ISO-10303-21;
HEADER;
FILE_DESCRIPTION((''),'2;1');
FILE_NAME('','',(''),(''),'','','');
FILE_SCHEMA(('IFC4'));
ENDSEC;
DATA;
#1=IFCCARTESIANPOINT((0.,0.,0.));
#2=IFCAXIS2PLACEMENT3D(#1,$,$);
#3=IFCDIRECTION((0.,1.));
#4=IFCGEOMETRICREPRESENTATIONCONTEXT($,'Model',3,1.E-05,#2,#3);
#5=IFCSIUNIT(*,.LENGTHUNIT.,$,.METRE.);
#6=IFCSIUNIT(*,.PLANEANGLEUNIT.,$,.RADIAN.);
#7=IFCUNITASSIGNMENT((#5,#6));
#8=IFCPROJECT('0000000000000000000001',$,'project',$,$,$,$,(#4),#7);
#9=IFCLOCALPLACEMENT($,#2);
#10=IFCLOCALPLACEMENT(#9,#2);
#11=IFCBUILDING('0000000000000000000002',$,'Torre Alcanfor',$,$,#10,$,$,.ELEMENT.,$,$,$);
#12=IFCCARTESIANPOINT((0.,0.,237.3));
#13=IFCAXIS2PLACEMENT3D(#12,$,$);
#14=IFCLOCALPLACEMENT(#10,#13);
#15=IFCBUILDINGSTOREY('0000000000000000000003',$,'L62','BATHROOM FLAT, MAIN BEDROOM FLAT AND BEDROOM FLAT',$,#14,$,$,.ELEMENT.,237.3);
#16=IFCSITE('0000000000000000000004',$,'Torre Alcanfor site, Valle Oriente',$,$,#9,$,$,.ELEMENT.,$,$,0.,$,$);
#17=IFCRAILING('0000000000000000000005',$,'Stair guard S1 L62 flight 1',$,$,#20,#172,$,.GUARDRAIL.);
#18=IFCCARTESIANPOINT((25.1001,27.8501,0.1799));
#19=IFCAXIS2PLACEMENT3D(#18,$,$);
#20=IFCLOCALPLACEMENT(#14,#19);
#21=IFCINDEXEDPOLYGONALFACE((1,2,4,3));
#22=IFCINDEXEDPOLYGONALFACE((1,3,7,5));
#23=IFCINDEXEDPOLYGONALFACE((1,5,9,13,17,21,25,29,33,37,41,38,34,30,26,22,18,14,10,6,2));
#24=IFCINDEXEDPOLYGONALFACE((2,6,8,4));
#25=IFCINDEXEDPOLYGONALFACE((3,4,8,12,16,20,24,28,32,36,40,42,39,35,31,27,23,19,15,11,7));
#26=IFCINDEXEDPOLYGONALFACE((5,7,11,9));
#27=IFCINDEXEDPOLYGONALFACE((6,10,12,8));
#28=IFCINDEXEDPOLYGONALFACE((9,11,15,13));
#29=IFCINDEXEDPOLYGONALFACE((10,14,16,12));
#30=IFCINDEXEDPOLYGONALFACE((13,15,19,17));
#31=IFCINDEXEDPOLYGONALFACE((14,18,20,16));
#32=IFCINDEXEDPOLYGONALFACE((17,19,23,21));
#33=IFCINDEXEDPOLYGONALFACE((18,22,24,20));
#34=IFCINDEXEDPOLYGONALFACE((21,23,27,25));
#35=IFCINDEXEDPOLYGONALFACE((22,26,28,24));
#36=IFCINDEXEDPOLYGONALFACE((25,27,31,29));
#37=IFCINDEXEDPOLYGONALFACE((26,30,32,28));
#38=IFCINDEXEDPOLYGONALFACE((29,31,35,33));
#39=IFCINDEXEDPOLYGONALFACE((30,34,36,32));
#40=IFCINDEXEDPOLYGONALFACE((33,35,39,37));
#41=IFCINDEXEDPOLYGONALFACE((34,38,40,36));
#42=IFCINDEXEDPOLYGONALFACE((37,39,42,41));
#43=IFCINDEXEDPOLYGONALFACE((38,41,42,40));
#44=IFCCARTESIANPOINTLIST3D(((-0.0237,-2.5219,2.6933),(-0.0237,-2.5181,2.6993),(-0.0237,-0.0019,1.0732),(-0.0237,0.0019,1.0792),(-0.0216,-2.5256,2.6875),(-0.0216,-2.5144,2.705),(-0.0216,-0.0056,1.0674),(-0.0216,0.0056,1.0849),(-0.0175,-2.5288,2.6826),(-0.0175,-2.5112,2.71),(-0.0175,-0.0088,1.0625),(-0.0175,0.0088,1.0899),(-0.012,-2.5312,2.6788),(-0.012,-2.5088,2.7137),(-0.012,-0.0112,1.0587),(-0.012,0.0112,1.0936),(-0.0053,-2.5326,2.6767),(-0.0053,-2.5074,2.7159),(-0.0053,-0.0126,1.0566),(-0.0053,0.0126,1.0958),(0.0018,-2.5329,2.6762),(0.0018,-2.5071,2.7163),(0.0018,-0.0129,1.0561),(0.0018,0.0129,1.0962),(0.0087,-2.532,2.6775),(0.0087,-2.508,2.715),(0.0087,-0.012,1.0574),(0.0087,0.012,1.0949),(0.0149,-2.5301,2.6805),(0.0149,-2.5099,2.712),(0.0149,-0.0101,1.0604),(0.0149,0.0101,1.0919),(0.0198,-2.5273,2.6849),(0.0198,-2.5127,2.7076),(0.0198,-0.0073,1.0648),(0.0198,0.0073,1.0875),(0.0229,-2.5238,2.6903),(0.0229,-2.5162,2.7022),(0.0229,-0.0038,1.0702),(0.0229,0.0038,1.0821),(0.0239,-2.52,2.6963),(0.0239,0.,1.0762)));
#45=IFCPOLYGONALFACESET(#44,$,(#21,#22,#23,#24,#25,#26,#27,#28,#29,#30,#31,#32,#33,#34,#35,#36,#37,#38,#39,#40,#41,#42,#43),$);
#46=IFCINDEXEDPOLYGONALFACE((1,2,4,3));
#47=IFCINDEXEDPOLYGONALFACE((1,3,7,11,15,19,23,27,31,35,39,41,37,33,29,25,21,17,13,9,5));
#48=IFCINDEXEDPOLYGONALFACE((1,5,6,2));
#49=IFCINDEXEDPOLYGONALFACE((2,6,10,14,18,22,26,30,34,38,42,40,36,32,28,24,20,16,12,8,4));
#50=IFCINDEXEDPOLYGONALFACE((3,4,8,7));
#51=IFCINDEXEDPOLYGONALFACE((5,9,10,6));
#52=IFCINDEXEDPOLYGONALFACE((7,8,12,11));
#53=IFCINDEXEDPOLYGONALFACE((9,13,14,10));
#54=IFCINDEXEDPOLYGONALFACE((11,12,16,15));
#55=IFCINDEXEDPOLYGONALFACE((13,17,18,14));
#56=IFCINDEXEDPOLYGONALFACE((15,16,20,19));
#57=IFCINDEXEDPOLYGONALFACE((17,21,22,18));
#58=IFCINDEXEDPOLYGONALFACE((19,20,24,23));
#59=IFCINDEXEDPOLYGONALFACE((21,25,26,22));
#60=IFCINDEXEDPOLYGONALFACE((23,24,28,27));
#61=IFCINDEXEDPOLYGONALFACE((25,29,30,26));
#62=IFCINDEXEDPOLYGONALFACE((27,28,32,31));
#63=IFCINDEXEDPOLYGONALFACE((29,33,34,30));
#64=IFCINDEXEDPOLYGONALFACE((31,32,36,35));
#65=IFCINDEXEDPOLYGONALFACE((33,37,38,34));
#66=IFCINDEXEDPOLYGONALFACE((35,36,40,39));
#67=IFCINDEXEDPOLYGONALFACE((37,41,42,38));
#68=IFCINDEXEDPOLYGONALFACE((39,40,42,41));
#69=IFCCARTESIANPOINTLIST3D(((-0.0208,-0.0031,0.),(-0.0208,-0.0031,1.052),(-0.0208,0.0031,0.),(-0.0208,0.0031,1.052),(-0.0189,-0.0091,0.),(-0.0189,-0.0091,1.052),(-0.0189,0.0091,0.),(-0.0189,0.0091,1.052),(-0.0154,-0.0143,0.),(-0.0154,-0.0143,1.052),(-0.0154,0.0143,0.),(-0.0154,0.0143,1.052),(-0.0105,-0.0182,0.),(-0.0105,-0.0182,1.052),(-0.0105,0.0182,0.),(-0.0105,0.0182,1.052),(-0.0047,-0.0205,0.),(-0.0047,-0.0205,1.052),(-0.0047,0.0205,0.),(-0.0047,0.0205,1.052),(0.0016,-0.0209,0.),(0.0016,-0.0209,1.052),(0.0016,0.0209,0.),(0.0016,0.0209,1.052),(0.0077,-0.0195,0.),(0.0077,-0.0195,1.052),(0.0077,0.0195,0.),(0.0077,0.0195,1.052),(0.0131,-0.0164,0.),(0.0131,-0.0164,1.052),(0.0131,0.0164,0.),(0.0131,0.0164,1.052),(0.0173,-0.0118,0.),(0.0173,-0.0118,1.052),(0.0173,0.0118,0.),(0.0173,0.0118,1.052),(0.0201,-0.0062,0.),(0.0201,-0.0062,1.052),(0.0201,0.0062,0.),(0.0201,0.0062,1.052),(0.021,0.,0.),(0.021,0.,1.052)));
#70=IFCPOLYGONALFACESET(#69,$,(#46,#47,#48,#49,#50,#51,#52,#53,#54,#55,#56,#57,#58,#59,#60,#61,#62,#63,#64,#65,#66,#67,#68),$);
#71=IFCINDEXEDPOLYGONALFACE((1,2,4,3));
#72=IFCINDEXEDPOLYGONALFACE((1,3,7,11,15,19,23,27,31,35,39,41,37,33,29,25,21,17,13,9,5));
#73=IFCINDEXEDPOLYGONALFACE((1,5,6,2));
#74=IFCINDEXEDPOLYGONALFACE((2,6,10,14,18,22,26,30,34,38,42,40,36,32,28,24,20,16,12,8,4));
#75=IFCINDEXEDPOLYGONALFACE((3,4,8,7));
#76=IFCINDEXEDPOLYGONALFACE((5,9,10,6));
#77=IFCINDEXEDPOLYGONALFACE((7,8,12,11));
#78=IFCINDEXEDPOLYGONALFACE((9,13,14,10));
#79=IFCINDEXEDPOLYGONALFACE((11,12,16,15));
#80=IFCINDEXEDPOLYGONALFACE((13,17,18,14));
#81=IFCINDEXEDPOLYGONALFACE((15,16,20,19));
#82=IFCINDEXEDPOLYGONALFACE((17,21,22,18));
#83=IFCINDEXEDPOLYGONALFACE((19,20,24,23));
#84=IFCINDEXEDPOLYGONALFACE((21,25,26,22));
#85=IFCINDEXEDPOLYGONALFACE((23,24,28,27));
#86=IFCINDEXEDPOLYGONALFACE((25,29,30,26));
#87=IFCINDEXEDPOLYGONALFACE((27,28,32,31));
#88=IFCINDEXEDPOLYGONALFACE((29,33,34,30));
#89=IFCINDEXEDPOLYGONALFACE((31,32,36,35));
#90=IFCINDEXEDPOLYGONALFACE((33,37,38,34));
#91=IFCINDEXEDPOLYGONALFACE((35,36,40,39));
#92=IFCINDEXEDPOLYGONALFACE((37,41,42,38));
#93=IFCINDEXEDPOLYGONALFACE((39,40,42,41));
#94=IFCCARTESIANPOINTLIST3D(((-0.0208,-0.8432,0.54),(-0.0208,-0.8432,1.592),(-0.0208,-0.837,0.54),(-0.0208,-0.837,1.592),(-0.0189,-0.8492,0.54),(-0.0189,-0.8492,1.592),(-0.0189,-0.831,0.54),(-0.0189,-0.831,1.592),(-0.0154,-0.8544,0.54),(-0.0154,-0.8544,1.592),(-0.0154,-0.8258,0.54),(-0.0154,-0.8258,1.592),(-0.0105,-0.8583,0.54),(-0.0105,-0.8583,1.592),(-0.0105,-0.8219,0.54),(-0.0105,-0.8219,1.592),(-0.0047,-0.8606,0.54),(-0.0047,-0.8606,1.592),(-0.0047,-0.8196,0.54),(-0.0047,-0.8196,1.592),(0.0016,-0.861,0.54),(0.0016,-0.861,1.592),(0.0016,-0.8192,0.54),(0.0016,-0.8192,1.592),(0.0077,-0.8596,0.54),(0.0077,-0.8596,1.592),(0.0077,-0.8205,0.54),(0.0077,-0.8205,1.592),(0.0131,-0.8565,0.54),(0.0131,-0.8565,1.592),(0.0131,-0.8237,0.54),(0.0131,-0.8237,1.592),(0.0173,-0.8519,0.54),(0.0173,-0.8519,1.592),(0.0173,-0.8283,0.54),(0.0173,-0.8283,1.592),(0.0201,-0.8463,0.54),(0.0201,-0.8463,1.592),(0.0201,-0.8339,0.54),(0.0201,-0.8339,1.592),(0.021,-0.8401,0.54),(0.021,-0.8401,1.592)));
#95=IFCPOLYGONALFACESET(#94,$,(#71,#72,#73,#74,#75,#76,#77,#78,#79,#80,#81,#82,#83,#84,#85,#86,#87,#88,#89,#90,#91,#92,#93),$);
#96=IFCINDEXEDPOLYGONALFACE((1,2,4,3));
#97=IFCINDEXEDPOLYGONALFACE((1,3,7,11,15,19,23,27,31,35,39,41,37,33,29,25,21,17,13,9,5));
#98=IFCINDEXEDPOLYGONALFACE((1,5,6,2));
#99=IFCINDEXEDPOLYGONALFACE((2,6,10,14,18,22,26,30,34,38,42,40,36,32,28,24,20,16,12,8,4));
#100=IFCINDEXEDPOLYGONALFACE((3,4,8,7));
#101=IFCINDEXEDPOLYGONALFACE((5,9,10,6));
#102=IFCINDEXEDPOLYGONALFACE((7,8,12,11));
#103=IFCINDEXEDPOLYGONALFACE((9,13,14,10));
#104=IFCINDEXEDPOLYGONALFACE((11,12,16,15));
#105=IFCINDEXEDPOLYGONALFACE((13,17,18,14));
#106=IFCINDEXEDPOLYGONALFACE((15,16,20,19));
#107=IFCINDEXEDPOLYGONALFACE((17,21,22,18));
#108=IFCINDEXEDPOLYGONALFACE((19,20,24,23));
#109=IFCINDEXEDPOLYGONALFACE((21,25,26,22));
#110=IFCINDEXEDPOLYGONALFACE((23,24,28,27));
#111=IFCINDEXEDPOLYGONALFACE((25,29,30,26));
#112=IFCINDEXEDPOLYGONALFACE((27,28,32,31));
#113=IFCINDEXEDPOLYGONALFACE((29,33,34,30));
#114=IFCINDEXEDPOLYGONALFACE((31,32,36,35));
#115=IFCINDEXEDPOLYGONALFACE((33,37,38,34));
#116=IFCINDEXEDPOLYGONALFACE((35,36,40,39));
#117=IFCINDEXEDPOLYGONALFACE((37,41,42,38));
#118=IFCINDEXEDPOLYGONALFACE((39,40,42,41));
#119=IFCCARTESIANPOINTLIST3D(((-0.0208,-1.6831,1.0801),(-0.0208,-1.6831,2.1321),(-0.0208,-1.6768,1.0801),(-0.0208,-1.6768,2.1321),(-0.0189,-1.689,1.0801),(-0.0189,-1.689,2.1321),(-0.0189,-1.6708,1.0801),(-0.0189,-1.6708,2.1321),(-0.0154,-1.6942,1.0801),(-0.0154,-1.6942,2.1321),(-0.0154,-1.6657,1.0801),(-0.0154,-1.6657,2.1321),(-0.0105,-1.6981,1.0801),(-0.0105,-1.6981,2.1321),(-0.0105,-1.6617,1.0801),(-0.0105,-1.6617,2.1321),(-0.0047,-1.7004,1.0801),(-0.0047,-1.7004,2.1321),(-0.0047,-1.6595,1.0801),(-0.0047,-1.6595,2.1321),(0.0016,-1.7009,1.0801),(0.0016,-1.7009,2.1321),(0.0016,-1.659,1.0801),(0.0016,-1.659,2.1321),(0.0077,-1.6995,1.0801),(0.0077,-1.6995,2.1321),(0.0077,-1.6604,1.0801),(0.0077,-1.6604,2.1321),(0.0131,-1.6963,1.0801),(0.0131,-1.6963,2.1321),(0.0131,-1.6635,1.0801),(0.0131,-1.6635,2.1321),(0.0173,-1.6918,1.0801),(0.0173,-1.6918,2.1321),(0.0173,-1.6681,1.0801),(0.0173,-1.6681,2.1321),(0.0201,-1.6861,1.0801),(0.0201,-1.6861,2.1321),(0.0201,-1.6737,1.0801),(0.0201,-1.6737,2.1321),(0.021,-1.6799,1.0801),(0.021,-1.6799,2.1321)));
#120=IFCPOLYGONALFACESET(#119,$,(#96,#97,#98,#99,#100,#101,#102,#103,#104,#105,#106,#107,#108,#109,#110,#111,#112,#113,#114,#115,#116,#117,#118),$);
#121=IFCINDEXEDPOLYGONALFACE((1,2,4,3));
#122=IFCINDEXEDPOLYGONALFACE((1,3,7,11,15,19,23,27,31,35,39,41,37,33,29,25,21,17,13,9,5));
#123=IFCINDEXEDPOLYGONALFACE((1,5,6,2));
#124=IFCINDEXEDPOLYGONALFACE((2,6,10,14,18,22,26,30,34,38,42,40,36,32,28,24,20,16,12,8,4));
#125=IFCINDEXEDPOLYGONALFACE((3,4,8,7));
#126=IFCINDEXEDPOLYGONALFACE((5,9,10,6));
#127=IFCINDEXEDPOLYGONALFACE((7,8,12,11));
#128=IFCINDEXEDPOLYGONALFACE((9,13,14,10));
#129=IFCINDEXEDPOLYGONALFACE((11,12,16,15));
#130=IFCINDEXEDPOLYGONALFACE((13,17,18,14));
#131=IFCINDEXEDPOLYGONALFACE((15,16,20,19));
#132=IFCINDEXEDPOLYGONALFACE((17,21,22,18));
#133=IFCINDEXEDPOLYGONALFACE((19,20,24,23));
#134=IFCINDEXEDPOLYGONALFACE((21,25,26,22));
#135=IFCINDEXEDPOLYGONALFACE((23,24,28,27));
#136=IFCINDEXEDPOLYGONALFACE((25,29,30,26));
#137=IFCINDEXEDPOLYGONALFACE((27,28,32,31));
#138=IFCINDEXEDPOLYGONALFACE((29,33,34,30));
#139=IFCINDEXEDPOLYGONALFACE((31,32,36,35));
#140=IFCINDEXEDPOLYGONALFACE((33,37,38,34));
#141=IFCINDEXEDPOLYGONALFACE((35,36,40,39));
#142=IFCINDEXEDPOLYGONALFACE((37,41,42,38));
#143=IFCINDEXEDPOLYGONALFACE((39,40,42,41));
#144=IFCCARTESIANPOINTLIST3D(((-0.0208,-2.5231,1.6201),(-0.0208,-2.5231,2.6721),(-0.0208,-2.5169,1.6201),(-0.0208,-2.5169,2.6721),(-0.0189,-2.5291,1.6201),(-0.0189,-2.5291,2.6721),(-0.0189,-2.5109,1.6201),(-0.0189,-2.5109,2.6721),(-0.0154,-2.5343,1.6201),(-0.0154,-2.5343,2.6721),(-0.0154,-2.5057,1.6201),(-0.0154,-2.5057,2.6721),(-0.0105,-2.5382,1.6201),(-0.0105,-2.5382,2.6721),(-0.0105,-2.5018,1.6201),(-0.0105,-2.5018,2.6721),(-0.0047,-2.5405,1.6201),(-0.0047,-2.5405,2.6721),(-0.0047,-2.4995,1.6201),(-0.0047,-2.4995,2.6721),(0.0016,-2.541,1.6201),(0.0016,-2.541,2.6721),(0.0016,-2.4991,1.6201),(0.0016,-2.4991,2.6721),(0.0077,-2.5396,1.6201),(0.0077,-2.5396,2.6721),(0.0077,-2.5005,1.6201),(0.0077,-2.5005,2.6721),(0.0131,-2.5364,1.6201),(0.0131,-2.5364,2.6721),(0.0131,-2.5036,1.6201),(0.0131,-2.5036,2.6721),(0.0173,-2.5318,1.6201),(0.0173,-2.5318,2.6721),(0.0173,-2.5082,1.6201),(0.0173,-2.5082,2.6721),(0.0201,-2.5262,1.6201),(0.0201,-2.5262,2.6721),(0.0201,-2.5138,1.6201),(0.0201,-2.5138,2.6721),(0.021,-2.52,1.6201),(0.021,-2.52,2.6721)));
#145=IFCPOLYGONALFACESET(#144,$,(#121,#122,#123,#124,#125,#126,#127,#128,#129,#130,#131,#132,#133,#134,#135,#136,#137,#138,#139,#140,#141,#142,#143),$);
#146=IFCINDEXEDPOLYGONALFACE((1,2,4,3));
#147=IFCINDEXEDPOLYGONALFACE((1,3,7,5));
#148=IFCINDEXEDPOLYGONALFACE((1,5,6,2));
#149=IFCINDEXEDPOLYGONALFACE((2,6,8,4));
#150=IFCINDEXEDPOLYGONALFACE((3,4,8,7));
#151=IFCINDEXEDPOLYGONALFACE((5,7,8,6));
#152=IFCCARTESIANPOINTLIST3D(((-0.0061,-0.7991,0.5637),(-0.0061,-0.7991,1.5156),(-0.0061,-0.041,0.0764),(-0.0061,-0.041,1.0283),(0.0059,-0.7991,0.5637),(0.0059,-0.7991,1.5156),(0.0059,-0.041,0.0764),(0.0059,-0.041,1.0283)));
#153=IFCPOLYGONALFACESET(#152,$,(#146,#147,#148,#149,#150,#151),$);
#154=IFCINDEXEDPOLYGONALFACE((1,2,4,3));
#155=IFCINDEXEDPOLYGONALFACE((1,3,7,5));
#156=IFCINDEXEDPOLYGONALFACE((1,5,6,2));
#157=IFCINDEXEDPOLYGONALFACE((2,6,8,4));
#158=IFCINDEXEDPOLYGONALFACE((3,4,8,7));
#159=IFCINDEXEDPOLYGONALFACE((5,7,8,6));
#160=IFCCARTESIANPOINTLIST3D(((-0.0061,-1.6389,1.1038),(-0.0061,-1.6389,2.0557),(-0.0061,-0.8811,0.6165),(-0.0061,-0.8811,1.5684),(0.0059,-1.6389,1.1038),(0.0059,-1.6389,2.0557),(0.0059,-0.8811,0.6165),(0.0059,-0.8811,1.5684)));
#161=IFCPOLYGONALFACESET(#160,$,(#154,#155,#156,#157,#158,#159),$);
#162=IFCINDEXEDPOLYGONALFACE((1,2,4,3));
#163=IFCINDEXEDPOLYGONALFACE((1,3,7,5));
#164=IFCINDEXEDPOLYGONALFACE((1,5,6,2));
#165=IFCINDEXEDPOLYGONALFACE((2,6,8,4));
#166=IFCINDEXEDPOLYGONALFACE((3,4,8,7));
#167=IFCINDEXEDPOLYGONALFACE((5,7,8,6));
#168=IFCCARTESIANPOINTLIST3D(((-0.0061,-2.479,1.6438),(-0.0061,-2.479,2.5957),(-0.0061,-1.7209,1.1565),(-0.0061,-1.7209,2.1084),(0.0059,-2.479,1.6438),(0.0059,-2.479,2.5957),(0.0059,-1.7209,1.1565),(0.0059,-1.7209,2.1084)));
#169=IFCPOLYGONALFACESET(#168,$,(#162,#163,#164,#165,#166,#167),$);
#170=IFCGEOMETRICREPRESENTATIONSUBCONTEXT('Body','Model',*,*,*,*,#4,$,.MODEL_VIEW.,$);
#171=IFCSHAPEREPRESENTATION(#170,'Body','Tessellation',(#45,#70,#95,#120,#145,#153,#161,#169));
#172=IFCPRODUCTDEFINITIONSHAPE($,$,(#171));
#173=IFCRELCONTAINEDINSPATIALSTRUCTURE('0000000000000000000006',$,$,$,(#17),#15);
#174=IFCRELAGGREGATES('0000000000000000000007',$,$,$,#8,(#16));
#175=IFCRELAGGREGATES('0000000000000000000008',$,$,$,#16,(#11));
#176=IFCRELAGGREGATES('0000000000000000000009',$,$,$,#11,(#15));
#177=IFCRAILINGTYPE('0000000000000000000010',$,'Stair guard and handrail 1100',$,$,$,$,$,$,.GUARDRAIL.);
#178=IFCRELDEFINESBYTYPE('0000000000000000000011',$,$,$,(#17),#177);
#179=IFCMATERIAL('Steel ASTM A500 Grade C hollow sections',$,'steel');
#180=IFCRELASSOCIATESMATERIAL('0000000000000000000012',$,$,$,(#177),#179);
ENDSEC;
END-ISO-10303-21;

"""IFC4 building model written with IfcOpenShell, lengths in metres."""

from ifc_helpers import new_model, si_unit, direction, frame, origin, origin_2d, place, context, subcontext, project, spatial, polyline, circle, outline, extrude, material, type_object, element, save


model = new_model("IFC4")

# Units and contexts
model_context = context("Model", 3, precision=1e-05, world=origin(), true_north=direction((0.0, 1.0)))
body_context = subcontext(model_context, "Body", "Model", "MODEL_VIEW")
ifc_project = project(units=[si_unit("LENGTHUNIT", "METRE"), si_unit("PLANEANGLEUNIT", "RADIAN")], contexts=[model_context])

# Site, building, storey
site_placement = place(None, origin())
site = spatial("IfcSite", under=ifc_project, at=site_placement, Name="Torre Alcanfor site, Valle Oriente", CompositionType="ELEMENT", RefElevation=0.0)
building_placement = place(site_placement, origin())
building = spatial("IfcBuilding", under=site, at=building_placement, Name="Torre Alcanfor", CompositionType="ELEMENT")
storey_placement = place(building_placement, frame((0.0, 0.0, 237.3)))
storey = spatial("IfcBuildingStorey", under=building, at=storey_placement, Name="L62", Description="BATHROOM FLAT, MAIN BEDROOM FLAT AND BEDROOM FLAT", CompositionType="ELEMENT", Elevation=237.3)

# Railing
ifc_material_1 = material(Name="Steel ASTM A500 Grade C hollow sections", Category="steel")
railing_type = type_object("IfcRailingType", Name="Stair guard and handrail 1100", PredefinedType="GUARDRAIL", material=ifc_material_1)
railing_1_placement = place(storey_placement, frame((25.1001, 27.8501, 0.1799)))
element("IfcRailing", 1, at=railing_1_placement, inside=storey, type_object=railing_type, Name="Stair guard S1 L62 flight 1", PredefinedType="GUARDRAIL", context=body_context, shape_type="SweptSolid", body=[
    extrude(circle(Radius=0.0239, at=origin_2d()), frame((0.0, 0.0, 1.0762), z_axis=(0.0, -0.841163, 0.540782), x_axis=(1.0, 0.0, 0.0)), (0.0, 0.0, 1.0), 2.9958),
    extrude(circle(Radius=0.021, at=origin_2d()), origin(), (0.0, 0.0, 1.0), 1.052),
    extrude(circle(Radius=0.021, at=origin_2d()), frame((0.0, -0.8401, 0.54)), (0.0, 0.0, 1.0), 1.052),
    extrude(circle(Radius=0.021, at=origin_2d()), frame((0.0, -1.6799, 1.0801)), (0.0, 0.0, 1.0), 1.052),
    extrude(circle(Radius=0.021, at=origin_2d()), frame((0.0, -2.52, 1.6201)), (0.0, 0.0, 1.0), 1.052),
    extrude(outline(polyline([(0.041, 0.0764), (0.7991, 0.5637), (0.7991, 1.5156), (0.041, 1.0283), (0.041, 0.0764)])), frame((0.0059, 0.0, 0.0), z_axis=(-1.0, 0.0, 0.0), x_axis=(0.0, -1.0, 0.0)), (0.0, 0.0, 1.0), 0.012),
    extrude(outline(polyline([(0.8811, 0.6165), (1.6389, 1.1038), (1.6389, 2.0557), (0.8811, 1.5684), (0.8811, 0.6165)])), frame((0.0059, 0.0, 0.0), z_axis=(-1.0, 0.0, 0.0), x_axis=(0.0, -1.0, 0.0)), (0.0, 0.0, 1.0), 0.012),
    extrude(outline(polyline([(1.7209, 1.1565), (2.479, 1.6438), (2.479, 2.5957), (1.7209, 2.1084), (1.7209, 1.1565)])), frame((0.0059, 0.0, 0.0), z_axis=(-1.0, 0.0, 0.0), x_axis=(0.0, -1.0, 0.0)), (0.0, 0.0, 1.0), 0.012),
])

save(model, "model.ifc")
